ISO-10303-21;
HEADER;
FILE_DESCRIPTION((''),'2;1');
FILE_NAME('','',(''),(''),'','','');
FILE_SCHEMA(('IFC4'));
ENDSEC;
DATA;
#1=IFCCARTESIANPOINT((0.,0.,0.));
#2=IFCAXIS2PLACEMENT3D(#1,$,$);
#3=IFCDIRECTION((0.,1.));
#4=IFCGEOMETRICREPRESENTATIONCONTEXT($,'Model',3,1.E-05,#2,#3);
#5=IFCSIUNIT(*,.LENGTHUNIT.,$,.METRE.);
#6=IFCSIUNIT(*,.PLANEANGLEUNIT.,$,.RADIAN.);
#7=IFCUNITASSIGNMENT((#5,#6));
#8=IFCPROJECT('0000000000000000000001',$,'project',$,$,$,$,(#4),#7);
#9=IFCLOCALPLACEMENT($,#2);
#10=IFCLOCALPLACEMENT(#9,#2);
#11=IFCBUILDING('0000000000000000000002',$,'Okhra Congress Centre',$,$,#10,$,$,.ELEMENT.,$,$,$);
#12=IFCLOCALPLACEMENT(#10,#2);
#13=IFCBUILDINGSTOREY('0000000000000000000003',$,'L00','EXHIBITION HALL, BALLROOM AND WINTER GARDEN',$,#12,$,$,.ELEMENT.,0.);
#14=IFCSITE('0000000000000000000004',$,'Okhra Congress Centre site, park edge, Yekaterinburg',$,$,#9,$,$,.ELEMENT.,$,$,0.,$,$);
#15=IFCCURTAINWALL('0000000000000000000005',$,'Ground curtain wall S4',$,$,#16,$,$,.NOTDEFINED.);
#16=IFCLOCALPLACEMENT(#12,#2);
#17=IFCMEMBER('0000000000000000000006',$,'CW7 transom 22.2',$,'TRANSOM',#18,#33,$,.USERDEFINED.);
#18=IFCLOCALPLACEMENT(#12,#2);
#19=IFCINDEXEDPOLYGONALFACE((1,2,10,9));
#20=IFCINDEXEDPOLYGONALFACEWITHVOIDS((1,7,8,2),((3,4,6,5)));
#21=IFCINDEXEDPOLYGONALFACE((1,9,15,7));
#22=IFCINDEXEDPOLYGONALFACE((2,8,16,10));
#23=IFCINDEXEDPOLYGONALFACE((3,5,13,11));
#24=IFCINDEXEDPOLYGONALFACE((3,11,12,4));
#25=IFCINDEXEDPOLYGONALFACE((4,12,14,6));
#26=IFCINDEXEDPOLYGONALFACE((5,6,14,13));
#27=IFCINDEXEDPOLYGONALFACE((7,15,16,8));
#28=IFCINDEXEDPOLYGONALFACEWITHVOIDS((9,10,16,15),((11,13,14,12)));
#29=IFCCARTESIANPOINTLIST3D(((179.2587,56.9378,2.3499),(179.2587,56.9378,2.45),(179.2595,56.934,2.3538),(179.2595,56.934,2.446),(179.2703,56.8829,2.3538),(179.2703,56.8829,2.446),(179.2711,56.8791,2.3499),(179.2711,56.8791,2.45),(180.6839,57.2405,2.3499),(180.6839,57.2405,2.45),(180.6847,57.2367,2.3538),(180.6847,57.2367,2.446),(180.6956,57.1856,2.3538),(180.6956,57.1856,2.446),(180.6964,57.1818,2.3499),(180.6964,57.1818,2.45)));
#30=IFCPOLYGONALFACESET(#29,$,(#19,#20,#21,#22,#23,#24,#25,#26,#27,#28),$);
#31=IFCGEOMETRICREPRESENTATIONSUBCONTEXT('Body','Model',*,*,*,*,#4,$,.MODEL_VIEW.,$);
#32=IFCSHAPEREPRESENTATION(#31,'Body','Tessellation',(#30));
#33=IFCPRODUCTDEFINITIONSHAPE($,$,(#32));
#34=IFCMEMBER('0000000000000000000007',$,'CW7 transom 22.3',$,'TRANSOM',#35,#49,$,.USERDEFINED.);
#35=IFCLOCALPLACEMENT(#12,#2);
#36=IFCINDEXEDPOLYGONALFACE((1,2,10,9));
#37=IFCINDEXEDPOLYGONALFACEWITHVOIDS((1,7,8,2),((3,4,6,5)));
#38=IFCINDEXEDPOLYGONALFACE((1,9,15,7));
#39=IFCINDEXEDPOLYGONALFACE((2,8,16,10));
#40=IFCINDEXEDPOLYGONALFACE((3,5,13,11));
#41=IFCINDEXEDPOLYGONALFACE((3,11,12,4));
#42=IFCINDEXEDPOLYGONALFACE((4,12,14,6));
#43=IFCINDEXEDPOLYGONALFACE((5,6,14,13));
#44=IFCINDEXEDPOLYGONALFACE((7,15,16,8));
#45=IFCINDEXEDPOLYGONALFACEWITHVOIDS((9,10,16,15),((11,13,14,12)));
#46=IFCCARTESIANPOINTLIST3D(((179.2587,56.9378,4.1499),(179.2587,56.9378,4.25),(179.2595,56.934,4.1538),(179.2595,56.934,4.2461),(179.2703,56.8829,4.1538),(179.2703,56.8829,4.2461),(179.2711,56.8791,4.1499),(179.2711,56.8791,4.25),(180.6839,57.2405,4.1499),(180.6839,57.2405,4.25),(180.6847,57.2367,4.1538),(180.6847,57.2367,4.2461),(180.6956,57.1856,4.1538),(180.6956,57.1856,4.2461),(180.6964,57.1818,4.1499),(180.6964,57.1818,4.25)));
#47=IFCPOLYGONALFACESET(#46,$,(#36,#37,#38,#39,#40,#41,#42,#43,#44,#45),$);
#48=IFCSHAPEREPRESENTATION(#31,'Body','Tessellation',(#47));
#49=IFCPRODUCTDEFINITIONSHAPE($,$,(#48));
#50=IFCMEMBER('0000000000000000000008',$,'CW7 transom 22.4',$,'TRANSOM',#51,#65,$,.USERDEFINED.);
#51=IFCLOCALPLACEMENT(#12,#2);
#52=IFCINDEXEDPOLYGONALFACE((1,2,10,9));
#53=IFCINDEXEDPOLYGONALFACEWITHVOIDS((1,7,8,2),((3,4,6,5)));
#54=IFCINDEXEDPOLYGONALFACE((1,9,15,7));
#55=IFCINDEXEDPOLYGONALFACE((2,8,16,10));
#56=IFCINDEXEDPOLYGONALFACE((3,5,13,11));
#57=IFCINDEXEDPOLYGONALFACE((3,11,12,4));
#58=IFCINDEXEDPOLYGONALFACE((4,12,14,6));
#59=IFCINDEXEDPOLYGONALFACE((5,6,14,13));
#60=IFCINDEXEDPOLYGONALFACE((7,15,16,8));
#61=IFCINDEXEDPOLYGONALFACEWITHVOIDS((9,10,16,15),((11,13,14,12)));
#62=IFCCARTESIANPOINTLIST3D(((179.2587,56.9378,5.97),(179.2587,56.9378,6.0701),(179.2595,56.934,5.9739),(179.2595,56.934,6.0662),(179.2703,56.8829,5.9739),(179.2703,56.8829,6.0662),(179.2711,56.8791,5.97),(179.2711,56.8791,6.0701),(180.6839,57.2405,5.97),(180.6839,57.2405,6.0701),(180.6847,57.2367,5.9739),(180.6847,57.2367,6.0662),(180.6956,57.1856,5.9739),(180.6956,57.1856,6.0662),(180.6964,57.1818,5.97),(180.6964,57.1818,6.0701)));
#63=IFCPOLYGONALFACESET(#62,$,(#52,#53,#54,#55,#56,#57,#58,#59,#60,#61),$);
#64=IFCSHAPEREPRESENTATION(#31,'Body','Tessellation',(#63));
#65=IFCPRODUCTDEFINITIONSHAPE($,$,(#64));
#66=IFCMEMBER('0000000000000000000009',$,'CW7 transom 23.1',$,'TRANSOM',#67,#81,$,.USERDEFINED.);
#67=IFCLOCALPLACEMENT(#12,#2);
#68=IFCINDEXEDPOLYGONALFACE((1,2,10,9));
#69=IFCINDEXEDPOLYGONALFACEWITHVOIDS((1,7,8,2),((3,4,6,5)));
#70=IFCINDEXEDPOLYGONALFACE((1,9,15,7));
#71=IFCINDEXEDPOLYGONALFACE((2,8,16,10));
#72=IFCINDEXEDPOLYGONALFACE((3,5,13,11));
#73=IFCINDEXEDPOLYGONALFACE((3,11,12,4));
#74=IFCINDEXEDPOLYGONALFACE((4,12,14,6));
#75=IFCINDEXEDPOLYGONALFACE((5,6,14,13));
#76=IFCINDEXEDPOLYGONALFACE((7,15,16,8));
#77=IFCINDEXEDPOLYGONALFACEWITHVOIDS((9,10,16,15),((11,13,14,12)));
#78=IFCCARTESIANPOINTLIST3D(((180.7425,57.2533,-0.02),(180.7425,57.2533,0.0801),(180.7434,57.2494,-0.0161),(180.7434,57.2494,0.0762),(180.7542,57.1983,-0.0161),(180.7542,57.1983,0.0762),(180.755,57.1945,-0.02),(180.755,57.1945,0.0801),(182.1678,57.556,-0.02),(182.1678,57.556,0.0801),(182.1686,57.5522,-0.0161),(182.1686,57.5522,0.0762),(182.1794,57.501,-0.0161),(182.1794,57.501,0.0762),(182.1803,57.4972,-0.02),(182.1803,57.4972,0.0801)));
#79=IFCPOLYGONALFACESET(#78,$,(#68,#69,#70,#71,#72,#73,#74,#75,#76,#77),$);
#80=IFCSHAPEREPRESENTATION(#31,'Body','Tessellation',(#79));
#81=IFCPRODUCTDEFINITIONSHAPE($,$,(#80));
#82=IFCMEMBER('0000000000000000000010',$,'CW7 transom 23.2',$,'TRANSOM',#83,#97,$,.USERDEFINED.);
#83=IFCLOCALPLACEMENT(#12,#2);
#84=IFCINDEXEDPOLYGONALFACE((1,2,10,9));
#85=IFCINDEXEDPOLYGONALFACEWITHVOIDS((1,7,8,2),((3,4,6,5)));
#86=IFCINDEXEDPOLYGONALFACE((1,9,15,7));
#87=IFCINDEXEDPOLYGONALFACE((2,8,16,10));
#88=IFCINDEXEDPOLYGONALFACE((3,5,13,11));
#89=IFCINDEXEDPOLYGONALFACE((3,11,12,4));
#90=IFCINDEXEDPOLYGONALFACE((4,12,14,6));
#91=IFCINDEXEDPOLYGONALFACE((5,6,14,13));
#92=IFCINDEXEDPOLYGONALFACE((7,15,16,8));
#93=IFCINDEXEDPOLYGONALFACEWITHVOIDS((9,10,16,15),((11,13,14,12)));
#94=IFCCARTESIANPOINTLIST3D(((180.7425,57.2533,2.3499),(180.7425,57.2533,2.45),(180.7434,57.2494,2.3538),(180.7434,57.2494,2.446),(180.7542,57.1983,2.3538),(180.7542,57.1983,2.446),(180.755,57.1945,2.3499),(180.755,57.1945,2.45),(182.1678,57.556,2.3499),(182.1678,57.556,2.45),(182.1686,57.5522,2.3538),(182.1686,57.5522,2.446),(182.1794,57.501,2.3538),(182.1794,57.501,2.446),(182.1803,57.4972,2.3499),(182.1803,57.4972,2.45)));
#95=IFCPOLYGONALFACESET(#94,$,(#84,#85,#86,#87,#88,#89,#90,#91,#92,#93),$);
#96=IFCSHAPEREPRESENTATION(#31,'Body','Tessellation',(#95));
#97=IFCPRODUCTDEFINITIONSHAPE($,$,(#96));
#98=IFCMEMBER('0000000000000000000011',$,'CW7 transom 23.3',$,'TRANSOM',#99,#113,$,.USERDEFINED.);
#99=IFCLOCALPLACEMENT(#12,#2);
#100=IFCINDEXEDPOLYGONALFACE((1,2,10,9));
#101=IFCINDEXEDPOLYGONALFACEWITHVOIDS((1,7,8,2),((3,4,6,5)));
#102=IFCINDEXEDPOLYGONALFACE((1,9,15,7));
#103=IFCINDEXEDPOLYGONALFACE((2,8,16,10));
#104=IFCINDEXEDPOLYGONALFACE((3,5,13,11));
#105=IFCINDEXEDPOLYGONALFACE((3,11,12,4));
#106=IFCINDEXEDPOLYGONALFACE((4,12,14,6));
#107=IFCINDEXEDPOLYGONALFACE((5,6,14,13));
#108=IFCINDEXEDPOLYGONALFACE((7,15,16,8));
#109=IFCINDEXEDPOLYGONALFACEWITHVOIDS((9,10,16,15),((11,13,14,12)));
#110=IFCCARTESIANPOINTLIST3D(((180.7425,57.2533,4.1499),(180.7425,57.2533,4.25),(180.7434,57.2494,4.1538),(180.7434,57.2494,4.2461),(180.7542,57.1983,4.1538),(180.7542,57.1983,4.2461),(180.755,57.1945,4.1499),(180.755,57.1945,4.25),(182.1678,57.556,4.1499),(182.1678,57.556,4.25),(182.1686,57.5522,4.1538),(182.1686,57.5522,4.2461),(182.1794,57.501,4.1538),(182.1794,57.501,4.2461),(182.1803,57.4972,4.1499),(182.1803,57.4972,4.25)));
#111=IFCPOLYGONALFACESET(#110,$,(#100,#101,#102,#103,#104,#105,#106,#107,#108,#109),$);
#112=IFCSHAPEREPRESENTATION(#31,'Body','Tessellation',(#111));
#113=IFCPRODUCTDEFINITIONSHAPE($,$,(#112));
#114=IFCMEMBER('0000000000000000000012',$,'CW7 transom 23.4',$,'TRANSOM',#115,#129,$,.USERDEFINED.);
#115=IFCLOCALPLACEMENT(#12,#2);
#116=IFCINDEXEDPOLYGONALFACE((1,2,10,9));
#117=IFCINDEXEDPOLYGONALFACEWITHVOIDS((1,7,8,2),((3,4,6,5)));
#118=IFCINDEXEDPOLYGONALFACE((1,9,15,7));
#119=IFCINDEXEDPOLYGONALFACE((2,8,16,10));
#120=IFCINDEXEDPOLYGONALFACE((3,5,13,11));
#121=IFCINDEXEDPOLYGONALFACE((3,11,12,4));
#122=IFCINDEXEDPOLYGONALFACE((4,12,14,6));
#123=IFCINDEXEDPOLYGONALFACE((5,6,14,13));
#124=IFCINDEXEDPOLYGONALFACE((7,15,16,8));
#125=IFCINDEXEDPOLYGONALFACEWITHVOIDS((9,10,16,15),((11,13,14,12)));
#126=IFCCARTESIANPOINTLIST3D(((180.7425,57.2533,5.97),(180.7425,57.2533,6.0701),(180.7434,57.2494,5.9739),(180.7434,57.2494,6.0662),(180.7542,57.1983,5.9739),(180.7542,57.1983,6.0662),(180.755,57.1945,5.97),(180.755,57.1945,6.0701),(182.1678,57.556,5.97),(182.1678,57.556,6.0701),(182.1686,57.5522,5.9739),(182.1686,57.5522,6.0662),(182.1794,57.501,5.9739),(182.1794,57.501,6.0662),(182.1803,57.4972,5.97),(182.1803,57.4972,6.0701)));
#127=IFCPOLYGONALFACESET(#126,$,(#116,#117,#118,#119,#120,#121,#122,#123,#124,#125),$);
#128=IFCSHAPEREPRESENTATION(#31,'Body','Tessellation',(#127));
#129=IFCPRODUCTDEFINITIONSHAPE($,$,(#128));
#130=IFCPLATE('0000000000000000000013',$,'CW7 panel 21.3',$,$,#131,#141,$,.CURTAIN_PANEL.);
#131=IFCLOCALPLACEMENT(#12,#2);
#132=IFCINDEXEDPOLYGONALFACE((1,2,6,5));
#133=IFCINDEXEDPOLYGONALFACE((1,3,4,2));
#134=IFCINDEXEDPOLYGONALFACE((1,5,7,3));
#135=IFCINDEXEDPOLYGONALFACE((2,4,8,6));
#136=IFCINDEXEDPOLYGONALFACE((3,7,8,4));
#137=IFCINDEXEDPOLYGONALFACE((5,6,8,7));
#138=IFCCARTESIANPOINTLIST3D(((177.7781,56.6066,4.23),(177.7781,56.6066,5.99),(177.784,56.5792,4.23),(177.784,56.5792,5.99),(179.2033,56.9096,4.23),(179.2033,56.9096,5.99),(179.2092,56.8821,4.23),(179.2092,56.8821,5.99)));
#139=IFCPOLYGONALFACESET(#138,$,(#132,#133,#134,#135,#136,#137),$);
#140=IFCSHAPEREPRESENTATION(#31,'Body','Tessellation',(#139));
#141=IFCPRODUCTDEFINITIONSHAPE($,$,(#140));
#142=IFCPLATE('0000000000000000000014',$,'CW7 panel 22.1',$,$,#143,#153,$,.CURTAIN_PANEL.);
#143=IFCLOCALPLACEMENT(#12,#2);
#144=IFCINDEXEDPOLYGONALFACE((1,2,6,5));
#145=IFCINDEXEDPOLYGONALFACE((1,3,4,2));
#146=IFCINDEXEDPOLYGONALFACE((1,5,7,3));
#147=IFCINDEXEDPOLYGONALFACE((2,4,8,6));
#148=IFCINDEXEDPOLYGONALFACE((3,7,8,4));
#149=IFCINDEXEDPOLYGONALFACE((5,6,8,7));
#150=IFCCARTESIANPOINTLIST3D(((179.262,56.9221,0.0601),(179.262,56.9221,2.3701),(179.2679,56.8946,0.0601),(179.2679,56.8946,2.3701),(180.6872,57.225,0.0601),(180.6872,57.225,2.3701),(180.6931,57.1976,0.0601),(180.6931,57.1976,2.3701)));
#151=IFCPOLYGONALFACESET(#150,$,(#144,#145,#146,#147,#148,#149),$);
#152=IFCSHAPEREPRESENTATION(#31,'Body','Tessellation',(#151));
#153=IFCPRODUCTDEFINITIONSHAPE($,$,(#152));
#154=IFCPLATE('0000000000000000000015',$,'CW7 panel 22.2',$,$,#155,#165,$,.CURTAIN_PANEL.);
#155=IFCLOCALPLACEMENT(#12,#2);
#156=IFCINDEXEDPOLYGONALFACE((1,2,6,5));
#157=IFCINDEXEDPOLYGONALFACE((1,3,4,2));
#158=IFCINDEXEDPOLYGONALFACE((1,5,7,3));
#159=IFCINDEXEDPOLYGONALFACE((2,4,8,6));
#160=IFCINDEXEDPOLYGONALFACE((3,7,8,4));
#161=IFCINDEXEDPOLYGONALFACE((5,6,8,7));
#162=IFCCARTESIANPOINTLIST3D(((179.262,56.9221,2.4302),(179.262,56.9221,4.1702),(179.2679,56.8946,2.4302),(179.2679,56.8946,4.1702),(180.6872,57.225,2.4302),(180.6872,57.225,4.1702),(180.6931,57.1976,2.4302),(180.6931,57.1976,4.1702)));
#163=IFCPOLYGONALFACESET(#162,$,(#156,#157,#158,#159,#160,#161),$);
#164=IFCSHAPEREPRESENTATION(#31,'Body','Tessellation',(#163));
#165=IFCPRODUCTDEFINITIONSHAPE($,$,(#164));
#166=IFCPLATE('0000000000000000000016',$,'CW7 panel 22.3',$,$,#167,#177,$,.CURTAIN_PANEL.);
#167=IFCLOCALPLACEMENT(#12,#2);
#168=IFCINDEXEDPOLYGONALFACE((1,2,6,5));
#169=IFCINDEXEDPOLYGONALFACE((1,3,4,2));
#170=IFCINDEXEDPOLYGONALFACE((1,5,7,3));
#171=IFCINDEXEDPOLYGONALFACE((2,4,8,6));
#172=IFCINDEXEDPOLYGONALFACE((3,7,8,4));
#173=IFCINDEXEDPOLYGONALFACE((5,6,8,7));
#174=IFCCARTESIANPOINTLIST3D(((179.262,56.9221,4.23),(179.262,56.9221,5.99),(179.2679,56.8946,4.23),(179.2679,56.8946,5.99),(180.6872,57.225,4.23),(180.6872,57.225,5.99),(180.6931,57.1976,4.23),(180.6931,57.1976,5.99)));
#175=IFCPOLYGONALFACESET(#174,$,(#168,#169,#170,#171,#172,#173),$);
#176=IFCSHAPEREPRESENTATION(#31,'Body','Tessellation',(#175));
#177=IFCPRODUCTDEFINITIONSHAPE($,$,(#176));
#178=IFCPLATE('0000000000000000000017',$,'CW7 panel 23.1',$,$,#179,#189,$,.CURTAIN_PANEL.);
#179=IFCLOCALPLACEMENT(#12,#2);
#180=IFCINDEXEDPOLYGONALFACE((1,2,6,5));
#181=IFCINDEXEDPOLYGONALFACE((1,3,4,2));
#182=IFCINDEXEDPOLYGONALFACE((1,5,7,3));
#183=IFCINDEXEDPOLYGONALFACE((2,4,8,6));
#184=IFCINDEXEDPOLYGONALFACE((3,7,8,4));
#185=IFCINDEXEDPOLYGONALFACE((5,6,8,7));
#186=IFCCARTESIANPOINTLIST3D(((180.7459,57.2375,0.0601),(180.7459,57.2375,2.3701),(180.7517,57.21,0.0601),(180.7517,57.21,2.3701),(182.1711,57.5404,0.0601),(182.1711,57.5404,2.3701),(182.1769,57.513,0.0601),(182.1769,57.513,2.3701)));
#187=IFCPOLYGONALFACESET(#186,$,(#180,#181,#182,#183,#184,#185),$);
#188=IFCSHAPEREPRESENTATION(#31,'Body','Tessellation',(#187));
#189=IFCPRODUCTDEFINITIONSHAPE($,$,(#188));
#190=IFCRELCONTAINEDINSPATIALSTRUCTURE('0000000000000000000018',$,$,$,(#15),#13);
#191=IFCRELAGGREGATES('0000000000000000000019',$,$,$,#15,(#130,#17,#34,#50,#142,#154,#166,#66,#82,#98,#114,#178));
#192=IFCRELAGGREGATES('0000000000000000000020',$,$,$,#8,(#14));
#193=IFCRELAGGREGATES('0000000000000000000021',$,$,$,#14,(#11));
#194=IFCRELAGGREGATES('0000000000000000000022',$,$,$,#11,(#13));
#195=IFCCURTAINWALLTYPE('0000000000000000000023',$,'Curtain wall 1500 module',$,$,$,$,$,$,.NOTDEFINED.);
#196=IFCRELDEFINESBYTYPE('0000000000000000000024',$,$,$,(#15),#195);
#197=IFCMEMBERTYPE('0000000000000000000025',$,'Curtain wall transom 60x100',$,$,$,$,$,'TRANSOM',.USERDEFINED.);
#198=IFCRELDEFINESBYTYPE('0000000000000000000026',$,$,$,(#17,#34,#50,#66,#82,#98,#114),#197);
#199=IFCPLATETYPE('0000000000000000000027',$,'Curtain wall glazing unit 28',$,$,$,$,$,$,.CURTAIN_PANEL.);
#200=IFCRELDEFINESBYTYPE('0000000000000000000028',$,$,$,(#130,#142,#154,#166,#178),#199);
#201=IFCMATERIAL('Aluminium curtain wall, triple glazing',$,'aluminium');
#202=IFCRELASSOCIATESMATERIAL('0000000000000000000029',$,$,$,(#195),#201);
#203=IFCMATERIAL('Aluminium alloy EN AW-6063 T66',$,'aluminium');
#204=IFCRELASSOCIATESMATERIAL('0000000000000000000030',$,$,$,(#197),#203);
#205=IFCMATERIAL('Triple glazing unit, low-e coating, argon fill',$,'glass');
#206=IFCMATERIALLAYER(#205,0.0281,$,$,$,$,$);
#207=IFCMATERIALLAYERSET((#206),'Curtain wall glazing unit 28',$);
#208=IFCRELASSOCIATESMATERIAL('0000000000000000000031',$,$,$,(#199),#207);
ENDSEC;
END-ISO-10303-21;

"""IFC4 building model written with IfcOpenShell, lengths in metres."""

from ifc_helpers import new_model, si_unit, direction, frame, origin, origin_2d, place, context, subcontext, project, spatial, rectangle, hollow_rectangle, extrude, material, layer, layer_set, material_profile, profile_set, type_object, element, aggregate, save


model = new_model("IFC4")

# Units and contexts
model_context = context("Model", 3, precision=1e-05, world=origin(), true_north=direction((0.0, 1.0)))
body_context = subcontext(model_context, "Body", "Model", "MODEL_VIEW")
ifc_project = project(units=[si_unit("LENGTHUNIT", "METRE"), si_unit("PLANEANGLEUNIT", "RADIAN")], contexts=[model_context])

# Site, building, storey
site_placement = place(None, origin())
site = spatial("IfcSite", under=ifc_project, at=site_placement, Name="Okhra Congress Centre site, park edge, Yekaterinburg", CompositionType="ELEMENT", RefElevation=0.0)
building_placement = place(site_placement, origin())
building = spatial("IfcBuilding", under=site, at=building_placement, Name="Okhra Congress Centre", CompositionType="ELEMENT")
storey_placement = place(building_placement, origin())
storey = spatial("IfcBuildingStorey", under=building, at=storey_placement, Name="L00", Description="EXHIBITION HALL, BALLROOM AND WINTER GARDEN", CompositionType="ELEMENT", Elevation=0.0)

# Curtain wall, members, plates
ifc_material_1 = material(Name="Aluminium curtain wall, triple glazing", Category="aluminium")
curtain_wall_type = type_object("IfcCurtainWallType", Name="Curtain wall 1500 module", PredefinedType="NOTDEFINED", material=ifc_material_1)
curtain_wall_placement = place(storey_placement, origin())
curtain_wall = element("IfcCurtainWall", 1, at=curtain_wall_placement, inside=storey, type_object=curtain_wall_type, Name="Ground curtain wall S4", PredefinedType="NOTDEFINED")
ifc_material_2 = material(Name="Aluminium alloy EN AW-6063 T66", Category="aluminium")
ifc_material_profile_1 = material_profile(ifc_material_2, hollow_rectangle(XDim=0.0601, YDim=0.1001, WallThickness=0.0039, at=origin_2d()), Name="RHS 60x100x4")
ifc_profile_set_1 = profile_set([ifc_material_profile_1], Name="Aluminium alloy EN AW-6063 T66")
member_type_1 = type_object("IfcMemberType", Name="Curtain wall transom 60x100", ElementType="TRANSOM", PredefinedType="USERDEFINED", material=ifc_profile_set_1)
member_1_placement = place(storey_placement, frame((179.2649, 56.9084, 2.3999), z_axis=(0.978178, 0.207767, 0.0), x_axis=(-0.207767, 0.978178, 0.0)))
member_1 = element("IfcMember", 2, at=member_1_placement, type_object=member_type_1, Name="CW7 transom 22.2", ObjectType="TRANSOM", PredefinedType="USERDEFINED", context=body_context, shape_type="SweptSolid", body=[
    extrude(hollow_rectangle(XDim=0.0601, YDim=0.1001, WallThickness=0.0039, at=origin_2d()), origin(), (0.0, 0.0, 1.0), 1.457),
])
member_2_placement = place(storey_placement, frame((179.2649, 56.9084, 4.2), z_axis=(0.978178, 0.207767, 0.0), x_axis=(-0.207767, 0.978178, 0.0)))
member_2 = element("IfcMember", 3, at=member_2_placement, type_object=member_type_1, Name="CW7 transom 22.3", ObjectType="TRANSOM", PredefinedType="USERDEFINED", context=body_context, shape_type="SweptSolid", body=[
    extrude(hollow_rectangle(XDim=0.0601, YDim=0.1001, WallThickness=0.0039, at=origin_2d()), origin(), (0.0, 0.0, 1.0), 1.457),
])
member_3_placement = place(storey_placement, frame((179.2649, 56.9084, 6.02), z_axis=(0.978178, 0.207767, 0.0), x_axis=(-0.207767, 0.978178, 0.0)))
member_3 = element("IfcMember", 4, at=member_3_placement, type_object=member_type_1, Name="CW7 transom 22.4", ObjectType="TRANSOM", PredefinedType="USERDEFINED", context=body_context, shape_type="SweptSolid", body=[
    extrude(hollow_rectangle(XDim=0.0601, YDim=0.1001, WallThickness=0.0039, at=origin_2d()), origin(), (0.0, 0.0, 1.0), 1.457),
])
member_4_placement = place(storey_placement, frame((180.7488, 57.2239, 0.03), z_axis=(0.978178, 0.207767, 0.0), x_axis=(-0.207767, 0.978178, 0.0)))
member_4 = element("IfcMember", 5, at=member_4_placement, type_object=member_type_1, Name="CW7 transom 23.1", ObjectType="TRANSOM", PredefinedType="USERDEFINED", context=body_context, shape_type="SweptSolid", body=[
    extrude(hollow_rectangle(XDim=0.0601, YDim=0.1001, WallThickness=0.0039, at=origin_2d()), origin(), (0.0, 0.0, 1.0), 1.457),
])
member_5_placement = place(storey_placement, frame((180.7488, 57.2239, 2.3999), z_axis=(0.978178, 0.207767, 0.0), x_axis=(-0.207767, 0.978178, 0.0)))
member_5 = element("IfcMember", 6, at=member_5_placement, type_object=member_type_1, Name="CW7 transom 23.2", ObjectType="TRANSOM", PredefinedType="USERDEFINED", context=body_context, shape_type="SweptSolid", body=[
    extrude(hollow_rectangle(XDim=0.0601, YDim=0.1001, WallThickness=0.0039, at=origin_2d()), origin(), (0.0, 0.0, 1.0), 1.457),
])
member_6_placement = place(storey_placement, frame((180.7488, 57.2239, 4.2), z_axis=(0.978178, 0.207767, 0.0), x_axis=(-0.207767, 0.978178, 0.0)))
member_6 = element("IfcMember", 7, at=member_6_placement, type_object=member_type_1, Name="CW7 transom 23.3", ObjectType="TRANSOM", PredefinedType="USERDEFINED", context=body_context, shape_type="SweptSolid", body=[
    extrude(hollow_rectangle(XDim=0.0601, YDim=0.1001, WallThickness=0.0039, at=origin_2d()), origin(), (0.0, 0.0, 1.0), 1.457),
])
member_7_placement = place(storey_placement, frame((180.7488, 57.2239, 6.02), z_axis=(0.978178, 0.207767, 0.0), x_axis=(-0.207767, 0.978178, 0.0)))
member_7 = element("IfcMember", 8, at=member_7_placement, type_object=member_type_1, Name="CW7 transom 23.4", ObjectType="TRANSOM", PredefinedType="USERDEFINED", context=body_context, shape_type="SweptSolid", body=[
    extrude(hollow_rectangle(XDim=0.0601, YDim=0.1001, WallThickness=0.0039, at=origin_2d()), origin(), (0.0, 0.0, 1.0), 1.457),
])
ifc_material_3 = material(Name="Triple glazing unit, low-e coating, argon fill", Category="glass")
ifc_layer_1 = layer(ifc_material_3, 0.0281)
ifc_layer_set_1 = layer_set([ifc_layer_1], Name="Curtain wall glazing unit 28")
plate_type = type_object("IfcPlateType", Name="Curtain wall glazing unit 28", PredefinedType="CURTAIN_PANEL", material=ifc_layer_set_1)
plate_1_placement = place(storey_placement, frame((178.4937, 56.7444, 4.23), z_axis=(0.0, 0.0, 1.0), x_axis=(0.978148, 0.207912, 0.0)))
plate_1 = element("IfcPlate", 9, at=plate_1_placement, type_object=plate_type, Name="CW7 panel 21.3", PredefinedType="CURTAIN_PANEL", context=body_context, shape_type="SweptSolid", body=[
    extrude(rectangle(XDim=1.457, YDim=0.0281, at=origin_2d()), origin(), (0.0, 0.0, 1.0), 1.76),
])
plate_2_placement = place(storey_placement, frame((179.9775, 57.0598, 0.0601), z_axis=(0.0, 0.0, 1.0), x_axis=(0.978148, 0.207912, 0.0)))
plate_2 = element("IfcPlate", 10, at=plate_2_placement, type_object=plate_type, Name="CW7 panel 22.1", PredefinedType="CURTAIN_PANEL", context=body_context, shape_type="SweptSolid", body=[
    extrude(rectangle(XDim=1.457, YDim=0.0281, at=origin_2d()), origin(), (0.0, 0.0, 1.0), 2.3101),
])
plate_3_placement = place(storey_placement, frame((179.9775, 57.0598, 2.4302), z_axis=(0.0, 0.0, 1.0), x_axis=(0.978148, 0.207912, 0.0)))
plate_3 = element("IfcPlate", 11, at=plate_3_placement, type_object=plate_type, Name="CW7 panel 22.2", PredefinedType="CURTAIN_PANEL", context=body_context, shape_type="SweptSolid", body=[
    extrude(rectangle(XDim=1.457, YDim=0.0281, at=origin_2d()), origin(), (0.0, 0.0, 1.0), 1.74),
])
plate_4_placement = place(storey_placement, frame((179.9775, 57.0598, 4.23), z_axis=(0.0, 0.0, 1.0), x_axis=(0.978148, 0.207912, 0.0)))
plate_4 = element("IfcPlate", 12, at=plate_4_placement, type_object=plate_type, Name="CW7 panel 22.3", PredefinedType="CURTAIN_PANEL", context=body_context, shape_type="SweptSolid", body=[
    extrude(rectangle(XDim=1.457, YDim=0.0281, at=origin_2d()), origin(), (0.0, 0.0, 1.0), 1.76),
])
plate_5_placement = place(storey_placement, frame((181.4614, 57.3752, 0.0601), z_axis=(0.0, 0.0, 1.0), x_axis=(0.978148, 0.207912, 0.0)))
plate_5 = element("IfcPlate", 13, at=plate_5_placement, type_object=plate_type, Name="CW7 panel 23.1", PredefinedType="CURTAIN_PANEL", context=body_context, shape_type="SweptSolid", body=[
    extrude(rectangle(XDim=1.457, YDim=0.0281, at=origin_2d()), origin(), (0.0, 0.0, 1.0), 2.3101),
])
aggregate(curtain_wall, [plate_1, member_1, member_2, member_3, plate_2, plate_3, plate_4, member_4, member_5, member_6, member_7, plate_5])

save(model, "model.ifc")
